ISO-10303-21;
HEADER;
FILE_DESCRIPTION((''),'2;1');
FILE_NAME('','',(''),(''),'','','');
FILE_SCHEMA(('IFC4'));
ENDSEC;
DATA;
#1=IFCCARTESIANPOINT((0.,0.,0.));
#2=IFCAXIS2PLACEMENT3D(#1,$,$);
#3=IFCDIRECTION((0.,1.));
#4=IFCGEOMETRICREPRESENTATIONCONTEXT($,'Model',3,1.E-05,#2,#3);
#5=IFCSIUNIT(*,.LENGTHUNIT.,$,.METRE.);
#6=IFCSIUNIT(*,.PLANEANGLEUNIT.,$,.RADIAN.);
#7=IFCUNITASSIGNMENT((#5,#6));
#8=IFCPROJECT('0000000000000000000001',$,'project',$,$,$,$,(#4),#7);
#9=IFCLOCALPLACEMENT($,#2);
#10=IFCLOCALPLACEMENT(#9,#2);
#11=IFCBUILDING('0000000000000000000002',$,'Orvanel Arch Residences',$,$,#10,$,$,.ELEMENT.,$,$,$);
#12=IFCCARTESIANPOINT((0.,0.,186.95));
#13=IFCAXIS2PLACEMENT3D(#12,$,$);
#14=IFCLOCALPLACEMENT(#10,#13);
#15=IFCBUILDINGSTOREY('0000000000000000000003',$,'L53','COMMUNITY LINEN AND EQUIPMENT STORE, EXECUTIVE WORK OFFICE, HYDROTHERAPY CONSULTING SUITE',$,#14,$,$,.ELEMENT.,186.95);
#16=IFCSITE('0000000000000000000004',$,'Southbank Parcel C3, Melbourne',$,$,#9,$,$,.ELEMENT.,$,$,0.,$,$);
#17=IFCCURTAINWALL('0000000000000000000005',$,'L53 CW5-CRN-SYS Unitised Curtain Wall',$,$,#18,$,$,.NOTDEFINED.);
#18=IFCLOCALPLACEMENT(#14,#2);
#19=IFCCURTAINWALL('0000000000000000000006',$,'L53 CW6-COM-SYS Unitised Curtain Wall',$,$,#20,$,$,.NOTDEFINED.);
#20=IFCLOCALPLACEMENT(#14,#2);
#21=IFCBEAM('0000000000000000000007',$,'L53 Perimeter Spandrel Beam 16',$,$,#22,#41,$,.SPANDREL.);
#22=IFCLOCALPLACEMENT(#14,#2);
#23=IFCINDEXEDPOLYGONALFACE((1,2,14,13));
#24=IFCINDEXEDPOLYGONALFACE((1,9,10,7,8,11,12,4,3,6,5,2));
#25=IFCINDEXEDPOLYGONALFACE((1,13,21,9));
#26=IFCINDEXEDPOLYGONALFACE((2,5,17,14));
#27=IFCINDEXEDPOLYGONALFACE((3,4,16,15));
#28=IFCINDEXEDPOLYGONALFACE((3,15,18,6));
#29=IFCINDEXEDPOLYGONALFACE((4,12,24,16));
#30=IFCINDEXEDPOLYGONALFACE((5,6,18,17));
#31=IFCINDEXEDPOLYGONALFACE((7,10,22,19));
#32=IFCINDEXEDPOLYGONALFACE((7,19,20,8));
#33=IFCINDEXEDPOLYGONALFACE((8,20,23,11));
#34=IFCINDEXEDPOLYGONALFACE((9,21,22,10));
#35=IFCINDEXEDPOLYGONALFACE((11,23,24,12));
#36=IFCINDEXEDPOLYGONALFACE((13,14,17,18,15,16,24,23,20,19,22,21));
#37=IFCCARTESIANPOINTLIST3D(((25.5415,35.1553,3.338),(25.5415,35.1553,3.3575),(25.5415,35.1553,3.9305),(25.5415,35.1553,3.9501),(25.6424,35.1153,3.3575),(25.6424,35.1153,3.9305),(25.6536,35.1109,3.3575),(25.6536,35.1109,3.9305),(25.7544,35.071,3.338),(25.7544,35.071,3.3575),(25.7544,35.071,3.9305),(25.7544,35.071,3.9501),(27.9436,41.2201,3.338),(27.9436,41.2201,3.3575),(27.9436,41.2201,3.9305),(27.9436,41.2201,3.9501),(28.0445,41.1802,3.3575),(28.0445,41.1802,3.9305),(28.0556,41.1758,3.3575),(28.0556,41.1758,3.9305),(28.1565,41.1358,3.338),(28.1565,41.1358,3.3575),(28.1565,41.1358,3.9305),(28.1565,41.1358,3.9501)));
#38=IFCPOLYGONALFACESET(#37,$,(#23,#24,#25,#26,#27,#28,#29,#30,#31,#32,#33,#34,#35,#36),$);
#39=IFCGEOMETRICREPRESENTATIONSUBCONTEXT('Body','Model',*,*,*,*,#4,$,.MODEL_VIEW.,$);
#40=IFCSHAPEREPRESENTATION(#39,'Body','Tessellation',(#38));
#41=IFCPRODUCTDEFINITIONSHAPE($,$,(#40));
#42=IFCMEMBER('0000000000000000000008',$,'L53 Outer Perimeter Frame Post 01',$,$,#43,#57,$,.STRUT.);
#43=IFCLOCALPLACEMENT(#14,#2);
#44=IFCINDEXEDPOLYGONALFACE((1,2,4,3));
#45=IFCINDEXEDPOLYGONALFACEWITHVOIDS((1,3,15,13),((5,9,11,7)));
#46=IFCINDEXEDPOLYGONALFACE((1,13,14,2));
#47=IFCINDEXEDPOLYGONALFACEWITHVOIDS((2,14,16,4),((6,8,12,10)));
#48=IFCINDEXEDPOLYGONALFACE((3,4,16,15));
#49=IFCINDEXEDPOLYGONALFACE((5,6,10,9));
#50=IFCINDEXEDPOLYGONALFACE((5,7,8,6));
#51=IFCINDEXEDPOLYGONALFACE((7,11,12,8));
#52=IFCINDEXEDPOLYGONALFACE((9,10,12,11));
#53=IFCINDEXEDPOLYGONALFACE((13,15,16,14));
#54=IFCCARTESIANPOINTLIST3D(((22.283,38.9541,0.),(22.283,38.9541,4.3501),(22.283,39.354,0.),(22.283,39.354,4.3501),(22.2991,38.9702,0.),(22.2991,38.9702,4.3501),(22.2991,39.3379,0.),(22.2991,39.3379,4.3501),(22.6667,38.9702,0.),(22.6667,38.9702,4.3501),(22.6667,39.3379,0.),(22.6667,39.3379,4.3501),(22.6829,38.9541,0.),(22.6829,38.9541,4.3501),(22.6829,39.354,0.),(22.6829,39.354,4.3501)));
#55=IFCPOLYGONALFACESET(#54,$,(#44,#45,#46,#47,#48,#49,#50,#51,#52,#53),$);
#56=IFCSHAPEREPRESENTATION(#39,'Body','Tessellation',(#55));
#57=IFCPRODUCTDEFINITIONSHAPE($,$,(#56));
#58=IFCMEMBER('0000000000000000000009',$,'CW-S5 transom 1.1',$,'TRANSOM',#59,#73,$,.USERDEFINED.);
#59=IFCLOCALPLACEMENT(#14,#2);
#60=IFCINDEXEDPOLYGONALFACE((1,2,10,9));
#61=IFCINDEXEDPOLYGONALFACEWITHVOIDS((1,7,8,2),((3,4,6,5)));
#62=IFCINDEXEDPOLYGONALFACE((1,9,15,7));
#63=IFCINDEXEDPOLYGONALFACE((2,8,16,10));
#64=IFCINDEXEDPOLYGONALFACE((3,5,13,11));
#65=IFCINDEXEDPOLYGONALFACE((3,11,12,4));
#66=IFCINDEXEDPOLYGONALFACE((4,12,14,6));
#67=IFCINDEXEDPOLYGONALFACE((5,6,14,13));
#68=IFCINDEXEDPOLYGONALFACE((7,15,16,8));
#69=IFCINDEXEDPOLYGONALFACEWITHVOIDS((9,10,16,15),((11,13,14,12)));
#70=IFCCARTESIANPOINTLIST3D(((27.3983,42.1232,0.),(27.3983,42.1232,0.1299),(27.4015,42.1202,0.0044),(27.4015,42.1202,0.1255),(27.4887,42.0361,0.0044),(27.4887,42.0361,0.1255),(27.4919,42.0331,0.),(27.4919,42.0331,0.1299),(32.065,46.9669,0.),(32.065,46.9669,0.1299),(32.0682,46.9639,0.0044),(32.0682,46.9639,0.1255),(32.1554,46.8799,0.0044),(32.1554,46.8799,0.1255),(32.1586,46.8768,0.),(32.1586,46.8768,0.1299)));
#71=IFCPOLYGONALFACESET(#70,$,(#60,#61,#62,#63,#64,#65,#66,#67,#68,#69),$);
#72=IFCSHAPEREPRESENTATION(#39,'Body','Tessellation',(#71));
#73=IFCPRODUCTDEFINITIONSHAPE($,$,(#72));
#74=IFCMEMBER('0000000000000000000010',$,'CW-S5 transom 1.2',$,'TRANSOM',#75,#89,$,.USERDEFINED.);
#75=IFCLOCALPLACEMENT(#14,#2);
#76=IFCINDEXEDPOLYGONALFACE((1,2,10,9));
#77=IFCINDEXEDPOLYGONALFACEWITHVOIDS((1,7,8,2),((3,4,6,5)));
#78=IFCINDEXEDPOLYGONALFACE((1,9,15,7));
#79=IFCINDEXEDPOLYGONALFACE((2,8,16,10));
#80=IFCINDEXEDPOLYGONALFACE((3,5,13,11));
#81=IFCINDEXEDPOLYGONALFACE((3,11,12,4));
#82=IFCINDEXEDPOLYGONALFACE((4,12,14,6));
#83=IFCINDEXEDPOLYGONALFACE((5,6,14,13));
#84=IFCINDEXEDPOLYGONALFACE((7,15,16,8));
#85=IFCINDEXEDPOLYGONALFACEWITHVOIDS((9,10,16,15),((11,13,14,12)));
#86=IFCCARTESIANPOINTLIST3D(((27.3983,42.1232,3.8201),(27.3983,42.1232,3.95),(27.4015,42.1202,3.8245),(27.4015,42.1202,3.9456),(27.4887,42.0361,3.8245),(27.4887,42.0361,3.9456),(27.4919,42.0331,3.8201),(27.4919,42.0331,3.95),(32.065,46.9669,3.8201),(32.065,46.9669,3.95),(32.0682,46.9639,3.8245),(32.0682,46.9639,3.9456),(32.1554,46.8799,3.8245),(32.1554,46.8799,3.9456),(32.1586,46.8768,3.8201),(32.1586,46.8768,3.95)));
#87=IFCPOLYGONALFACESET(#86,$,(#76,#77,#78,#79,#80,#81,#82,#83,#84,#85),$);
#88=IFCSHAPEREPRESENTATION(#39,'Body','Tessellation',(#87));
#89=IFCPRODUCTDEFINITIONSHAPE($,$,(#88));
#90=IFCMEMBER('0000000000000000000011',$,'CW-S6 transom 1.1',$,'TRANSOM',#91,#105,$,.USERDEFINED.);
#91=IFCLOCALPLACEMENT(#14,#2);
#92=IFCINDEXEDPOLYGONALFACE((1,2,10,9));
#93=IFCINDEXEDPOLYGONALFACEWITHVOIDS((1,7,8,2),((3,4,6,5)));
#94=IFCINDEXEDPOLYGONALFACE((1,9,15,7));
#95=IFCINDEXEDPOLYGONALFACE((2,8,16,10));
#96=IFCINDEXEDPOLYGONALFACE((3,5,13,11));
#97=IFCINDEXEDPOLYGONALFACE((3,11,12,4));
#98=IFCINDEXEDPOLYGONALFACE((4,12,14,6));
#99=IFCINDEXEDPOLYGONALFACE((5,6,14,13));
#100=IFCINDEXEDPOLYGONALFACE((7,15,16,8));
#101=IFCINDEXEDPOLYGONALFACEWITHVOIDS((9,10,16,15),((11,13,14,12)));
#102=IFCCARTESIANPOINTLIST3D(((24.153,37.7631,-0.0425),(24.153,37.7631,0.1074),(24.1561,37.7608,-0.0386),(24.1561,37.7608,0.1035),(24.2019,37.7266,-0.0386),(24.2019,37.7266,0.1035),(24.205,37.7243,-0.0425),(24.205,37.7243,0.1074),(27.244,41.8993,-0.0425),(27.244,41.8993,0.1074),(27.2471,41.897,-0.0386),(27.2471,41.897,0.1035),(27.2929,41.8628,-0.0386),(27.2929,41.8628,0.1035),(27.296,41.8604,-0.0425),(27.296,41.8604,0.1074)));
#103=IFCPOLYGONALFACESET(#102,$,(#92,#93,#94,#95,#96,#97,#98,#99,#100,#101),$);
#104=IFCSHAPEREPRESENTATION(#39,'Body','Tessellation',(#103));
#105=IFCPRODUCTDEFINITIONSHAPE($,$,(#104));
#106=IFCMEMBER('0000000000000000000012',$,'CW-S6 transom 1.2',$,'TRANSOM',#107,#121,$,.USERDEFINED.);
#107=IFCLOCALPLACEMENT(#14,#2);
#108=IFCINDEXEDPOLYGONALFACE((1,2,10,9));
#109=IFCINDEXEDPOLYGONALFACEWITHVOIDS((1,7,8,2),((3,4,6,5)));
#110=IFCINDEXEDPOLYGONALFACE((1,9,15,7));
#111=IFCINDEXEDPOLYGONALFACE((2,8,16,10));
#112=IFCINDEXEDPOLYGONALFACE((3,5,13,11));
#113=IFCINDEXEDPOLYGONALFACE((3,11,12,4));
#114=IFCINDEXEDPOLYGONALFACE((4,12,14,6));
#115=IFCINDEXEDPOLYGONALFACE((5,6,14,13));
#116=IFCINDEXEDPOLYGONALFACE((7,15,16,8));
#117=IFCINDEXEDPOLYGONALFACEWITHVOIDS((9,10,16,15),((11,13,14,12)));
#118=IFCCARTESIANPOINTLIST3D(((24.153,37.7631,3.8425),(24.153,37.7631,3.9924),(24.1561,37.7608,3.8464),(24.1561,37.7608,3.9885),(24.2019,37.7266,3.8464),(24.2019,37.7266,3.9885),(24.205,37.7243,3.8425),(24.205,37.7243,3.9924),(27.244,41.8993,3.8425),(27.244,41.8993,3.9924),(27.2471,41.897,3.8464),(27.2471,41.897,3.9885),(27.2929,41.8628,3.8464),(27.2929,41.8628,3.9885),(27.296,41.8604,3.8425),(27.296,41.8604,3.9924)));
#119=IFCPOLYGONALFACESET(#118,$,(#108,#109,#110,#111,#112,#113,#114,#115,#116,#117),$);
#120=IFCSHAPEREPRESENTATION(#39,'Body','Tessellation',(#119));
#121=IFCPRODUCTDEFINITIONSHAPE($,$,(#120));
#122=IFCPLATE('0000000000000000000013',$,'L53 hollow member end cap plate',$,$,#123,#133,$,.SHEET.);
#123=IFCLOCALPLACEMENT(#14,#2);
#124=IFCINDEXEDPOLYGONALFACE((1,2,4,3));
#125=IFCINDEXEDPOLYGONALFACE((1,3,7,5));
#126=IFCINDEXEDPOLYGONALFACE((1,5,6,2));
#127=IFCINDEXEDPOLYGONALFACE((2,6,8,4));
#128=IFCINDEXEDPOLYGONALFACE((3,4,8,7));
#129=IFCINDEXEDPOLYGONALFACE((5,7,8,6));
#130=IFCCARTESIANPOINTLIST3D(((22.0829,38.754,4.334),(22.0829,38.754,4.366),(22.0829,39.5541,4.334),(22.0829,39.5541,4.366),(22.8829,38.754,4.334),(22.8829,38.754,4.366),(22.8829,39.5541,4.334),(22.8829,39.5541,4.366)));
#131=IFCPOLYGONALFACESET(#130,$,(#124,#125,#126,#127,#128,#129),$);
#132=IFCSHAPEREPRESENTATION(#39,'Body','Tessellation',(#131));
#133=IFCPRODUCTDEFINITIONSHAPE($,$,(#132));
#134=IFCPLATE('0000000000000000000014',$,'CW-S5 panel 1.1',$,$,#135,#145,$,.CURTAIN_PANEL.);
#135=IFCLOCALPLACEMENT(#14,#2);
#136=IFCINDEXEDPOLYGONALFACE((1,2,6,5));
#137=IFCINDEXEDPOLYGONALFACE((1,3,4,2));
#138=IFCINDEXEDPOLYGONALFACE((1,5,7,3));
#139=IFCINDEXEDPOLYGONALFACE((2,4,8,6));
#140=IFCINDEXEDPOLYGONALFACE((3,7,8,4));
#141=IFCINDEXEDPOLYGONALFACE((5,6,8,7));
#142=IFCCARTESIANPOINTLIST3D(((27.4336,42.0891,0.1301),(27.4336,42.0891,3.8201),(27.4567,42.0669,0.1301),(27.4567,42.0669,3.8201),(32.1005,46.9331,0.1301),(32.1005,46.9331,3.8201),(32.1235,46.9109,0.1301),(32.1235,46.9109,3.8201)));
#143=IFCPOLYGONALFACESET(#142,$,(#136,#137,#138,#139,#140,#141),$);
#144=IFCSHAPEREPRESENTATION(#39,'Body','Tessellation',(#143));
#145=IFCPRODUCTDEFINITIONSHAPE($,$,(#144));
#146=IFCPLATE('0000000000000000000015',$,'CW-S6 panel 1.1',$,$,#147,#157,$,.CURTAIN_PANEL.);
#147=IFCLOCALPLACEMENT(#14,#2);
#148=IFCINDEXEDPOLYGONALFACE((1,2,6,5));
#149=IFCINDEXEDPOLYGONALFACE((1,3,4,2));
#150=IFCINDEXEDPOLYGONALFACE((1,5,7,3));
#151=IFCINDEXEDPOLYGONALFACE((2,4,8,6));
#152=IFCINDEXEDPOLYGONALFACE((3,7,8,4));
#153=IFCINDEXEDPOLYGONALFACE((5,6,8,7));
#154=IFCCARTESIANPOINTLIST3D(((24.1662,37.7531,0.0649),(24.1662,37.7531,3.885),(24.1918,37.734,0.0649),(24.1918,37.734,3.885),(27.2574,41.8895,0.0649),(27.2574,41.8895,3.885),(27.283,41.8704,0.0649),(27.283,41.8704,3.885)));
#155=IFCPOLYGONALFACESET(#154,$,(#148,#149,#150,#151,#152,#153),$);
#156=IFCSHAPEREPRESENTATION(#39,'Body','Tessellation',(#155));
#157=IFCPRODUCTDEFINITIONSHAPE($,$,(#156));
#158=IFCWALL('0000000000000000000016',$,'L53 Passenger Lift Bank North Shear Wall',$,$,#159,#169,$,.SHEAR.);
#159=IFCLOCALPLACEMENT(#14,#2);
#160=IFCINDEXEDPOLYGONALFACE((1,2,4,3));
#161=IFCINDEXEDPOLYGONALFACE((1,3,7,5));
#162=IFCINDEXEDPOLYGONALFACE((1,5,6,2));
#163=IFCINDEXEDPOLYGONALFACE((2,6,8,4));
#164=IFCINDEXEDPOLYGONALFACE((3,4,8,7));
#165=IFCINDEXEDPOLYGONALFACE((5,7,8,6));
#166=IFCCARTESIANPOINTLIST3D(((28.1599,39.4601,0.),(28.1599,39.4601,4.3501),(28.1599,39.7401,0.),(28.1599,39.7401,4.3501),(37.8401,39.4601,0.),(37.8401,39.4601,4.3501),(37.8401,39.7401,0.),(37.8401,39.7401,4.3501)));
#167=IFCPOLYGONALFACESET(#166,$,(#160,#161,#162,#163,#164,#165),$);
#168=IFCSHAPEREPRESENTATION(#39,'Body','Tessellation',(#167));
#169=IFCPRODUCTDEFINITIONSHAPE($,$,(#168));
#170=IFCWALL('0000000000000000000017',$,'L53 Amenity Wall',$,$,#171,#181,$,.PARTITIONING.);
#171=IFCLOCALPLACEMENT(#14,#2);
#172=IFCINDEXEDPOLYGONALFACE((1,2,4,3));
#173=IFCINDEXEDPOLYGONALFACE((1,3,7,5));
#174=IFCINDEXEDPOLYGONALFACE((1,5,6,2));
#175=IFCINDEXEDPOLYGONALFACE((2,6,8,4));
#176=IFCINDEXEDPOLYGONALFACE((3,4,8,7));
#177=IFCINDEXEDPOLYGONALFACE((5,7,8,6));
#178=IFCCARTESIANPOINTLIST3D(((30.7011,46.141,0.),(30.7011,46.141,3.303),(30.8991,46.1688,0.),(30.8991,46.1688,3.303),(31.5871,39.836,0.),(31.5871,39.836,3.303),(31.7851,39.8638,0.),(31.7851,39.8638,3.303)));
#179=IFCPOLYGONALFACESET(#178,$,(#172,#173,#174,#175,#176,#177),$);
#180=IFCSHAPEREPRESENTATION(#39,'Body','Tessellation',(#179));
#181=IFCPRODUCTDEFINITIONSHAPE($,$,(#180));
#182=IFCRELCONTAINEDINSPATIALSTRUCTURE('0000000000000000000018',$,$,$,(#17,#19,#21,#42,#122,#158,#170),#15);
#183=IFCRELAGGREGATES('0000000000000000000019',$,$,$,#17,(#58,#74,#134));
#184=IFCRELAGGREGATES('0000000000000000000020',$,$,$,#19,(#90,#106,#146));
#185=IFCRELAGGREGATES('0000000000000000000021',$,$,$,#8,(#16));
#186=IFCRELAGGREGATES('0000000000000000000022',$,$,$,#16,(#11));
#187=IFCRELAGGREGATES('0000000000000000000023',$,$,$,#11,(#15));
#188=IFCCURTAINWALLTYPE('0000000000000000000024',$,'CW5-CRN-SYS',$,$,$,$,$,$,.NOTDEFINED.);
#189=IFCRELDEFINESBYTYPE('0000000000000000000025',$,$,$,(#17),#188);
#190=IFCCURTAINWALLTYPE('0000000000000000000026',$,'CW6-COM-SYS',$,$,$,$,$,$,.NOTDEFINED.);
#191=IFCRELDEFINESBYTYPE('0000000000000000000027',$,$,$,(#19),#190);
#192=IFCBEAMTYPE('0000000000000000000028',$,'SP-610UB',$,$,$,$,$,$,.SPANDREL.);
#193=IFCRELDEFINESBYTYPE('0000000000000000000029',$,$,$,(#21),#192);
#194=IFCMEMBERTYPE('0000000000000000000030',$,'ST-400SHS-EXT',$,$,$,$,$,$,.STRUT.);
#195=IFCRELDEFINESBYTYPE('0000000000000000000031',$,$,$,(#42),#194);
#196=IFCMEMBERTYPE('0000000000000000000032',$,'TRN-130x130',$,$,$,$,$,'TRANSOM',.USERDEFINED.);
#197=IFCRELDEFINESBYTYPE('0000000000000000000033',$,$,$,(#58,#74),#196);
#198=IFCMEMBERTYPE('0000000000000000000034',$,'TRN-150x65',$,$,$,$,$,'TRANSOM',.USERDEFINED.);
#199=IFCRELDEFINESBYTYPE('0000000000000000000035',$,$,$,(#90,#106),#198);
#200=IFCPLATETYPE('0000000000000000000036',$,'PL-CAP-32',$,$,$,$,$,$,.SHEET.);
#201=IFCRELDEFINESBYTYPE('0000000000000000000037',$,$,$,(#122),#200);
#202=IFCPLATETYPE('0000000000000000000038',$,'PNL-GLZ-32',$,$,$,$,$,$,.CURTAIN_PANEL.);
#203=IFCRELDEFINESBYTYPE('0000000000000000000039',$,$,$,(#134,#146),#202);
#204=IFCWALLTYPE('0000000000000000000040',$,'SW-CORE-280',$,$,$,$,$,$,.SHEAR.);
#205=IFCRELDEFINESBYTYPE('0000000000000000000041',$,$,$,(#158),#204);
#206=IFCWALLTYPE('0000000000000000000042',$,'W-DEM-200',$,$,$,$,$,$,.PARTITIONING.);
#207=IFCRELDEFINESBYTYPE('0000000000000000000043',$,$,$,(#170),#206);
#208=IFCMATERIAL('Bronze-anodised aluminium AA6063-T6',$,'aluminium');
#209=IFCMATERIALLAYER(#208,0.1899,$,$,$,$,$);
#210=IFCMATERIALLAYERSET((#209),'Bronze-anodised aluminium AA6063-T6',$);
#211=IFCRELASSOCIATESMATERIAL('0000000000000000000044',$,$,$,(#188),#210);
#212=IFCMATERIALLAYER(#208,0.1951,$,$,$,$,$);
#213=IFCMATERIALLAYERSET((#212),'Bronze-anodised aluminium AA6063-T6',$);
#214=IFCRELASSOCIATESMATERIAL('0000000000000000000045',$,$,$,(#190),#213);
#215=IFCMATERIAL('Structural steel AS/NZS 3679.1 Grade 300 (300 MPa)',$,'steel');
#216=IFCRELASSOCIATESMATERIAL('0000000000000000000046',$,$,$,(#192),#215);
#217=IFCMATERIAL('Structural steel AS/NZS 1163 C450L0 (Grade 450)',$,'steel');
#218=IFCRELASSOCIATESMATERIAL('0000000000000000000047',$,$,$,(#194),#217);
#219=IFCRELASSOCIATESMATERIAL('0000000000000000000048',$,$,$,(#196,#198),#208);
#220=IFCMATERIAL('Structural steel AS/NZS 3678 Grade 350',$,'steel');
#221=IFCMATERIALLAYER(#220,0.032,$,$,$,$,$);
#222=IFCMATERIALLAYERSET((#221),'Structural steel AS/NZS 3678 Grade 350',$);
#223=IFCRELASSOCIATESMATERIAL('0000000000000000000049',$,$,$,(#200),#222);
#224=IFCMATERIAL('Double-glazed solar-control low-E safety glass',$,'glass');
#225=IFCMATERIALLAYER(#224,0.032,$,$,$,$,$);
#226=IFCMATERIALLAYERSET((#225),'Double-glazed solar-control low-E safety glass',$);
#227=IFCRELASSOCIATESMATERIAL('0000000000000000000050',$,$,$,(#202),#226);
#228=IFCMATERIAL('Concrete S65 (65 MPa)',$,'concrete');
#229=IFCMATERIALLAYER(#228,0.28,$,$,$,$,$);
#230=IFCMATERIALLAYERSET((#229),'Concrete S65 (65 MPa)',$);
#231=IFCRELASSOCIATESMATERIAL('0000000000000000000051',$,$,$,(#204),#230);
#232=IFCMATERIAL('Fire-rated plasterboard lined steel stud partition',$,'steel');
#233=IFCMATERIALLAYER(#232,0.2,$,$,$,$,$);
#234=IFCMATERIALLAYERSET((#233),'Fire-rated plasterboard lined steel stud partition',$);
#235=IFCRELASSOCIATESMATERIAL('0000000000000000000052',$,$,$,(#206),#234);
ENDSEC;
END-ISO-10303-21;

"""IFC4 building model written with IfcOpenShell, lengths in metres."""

from ifc_helpers import new_model, si_unit, direction, frame, frame_2d, origin, origin_2d, place, context, subcontext, project, spatial, rectangle, hollow_rectangle, i_section, extrude, material, layer, layer_set, material_profile, profile_set, type_object, element, aggregate, save


model = new_model("IFC4")

# Units and contexts
model_context = context("Model", 3, precision=1e-05, world=origin(), true_north=direction((0.0, 1.0)))
body_context = subcontext(model_context, "Body", "Model", "MODEL_VIEW")
ifc_project = project(units=[si_unit("LENGTHUNIT", "METRE"), si_unit("PLANEANGLEUNIT", "RADIAN")], contexts=[model_context])

# Site, building, storey
site_placement = place(None, origin())
site = spatial("IfcSite", under=ifc_project, at=site_placement, Name="Southbank Parcel C3, Melbourne", CompositionType="ELEMENT", RefElevation=0.0)
building_placement = place(site_placement, origin())
building = spatial("IfcBuilding", under=site, at=building_placement, Name="Orvanel Arch Residences", CompositionType="ELEMENT")
storey_placement = place(building_placement, frame((0.0, 0.0, 186.95)))
storey = spatial("IfcBuildingStorey", under=building, at=storey_placement, Name="L53", Description="COMMUNITY LINEN AND EQUIPMENT STORE, EXECUTIVE WORK OFFICE, HYDROTHERAPY CONSULTING SUITE", CompositionType="ELEMENT", Elevation=186.95)

# Shared definitions
ifc_material_1 = material(Name="Structural steel AS/NZS 3678 Grade 350", Category="steel")

# Shared definitions
ifc_material_2 = material(Name="Structural steel AS/NZS 3679.1 Grade 300 (300 MPa)", Category="steel")

# Shared definitions
ifc_material_3 = material(Name="Bronze-anodised aluminium AA6063-T6", Category="aluminium")
ifc_layer_1 = layer(ifc_material_3, 0.1899)
ifc_layer_set_1 = layer_set([ifc_layer_1], Name="Bronze-anodised aluminium AA6063-T6")
curtain_wall_type_1 = type_object("IfcCurtainWallType", Name="CW5-CRN-SYS", PredefinedType="NOTDEFINED", material=ifc_layer_set_1)

# Curtain walls
curtain_wall_1_placement = place(storey_placement, origin())
curtain_wall_1 = element("IfcCurtainWall", 1, at=curtain_wall_1_placement, inside=storey, type_object=curtain_wall_type_1, Name="L53 CW5-CRN-SYS Unitised Curtain Wall", PredefinedType="NOTDEFINED")
ifc_layer_2 = layer(ifc_material_3, 0.1951)
ifc_layer_set_2 = layer_set([ifc_layer_2], Name="Bronze-anodised aluminium AA6063-T6")
curtain_wall_type_2 = type_object("IfcCurtainWallType", Name="CW6-COM-SYS", PredefinedType="NOTDEFINED", material=ifc_layer_set_2)
curtain_wall_2_placement = place(storey_placement, origin())
curtain_wall_2 = element("IfcCurtainWall", 2, at=curtain_wall_2_placement, inside=storey, type_object=curtain_wall_type_2, Name="L53 CW6-COM-SYS Unitised Curtain Wall", PredefinedType="NOTDEFINED")

# Beam
ifc_material_profile_1 = material_profile(ifc_material_2, i_section(OverallWidth=0.229, OverallDepth=0.6121, WebThickness=0.012, FlangeThickness=0.0195, at=origin_2d()), Name="610UB125")
ifc_profile_set_1 = profile_set([ifc_material_profile_1], Name="Structural steel AS/NZS 3679.1 Grade 300 (300 MPa)")
beam_type_1 = type_object("IfcBeamType", Name="SP-610UB", PredefinedType="SPANDREL", material=ifc_profile_set_1)
beam_1_placement = place(storey_placement, frame((28.05, 41.178, 3.644), z_axis=(-0.368233, -0.929733, 0.0), x_axis=(0.929733, -0.368233, 0.0)))
element("IfcBeam", 3, at=beam_1_placement, inside=storey, type_object=beam_type_1, Name="L53 Perimeter Spandrel Beam 16", PredefinedType="SPANDREL", context=body_context, shape_type="SweptSolid", body=[
    extrude(i_section(OverallWidth=0.229, OverallDepth=0.6121, WebThickness=0.012, FlangeThickness=0.0195, at=origin_2d()), origin(), (0.0, 0.0, 1.0), 6.5232),
])

# Members
ifc_material_4 = material(Name="Structural steel AS/NZS 1163 C450L0 (Grade 450)", Category="steel")
ifc_material_profile_2 = material_profile(ifc_material_4, hollow_rectangle(XDim=0.3999, YDim=0.3999, WallThickness=0.0161, at=origin_2d()), Name="SHS400x400x16")
ifc_profile_set_2 = profile_set([ifc_material_profile_2], Name="Structural steel AS/NZS 1163 C450L0 (Grade 450)")
member_type_1 = type_object("IfcMemberType", Name="ST-400SHS-EXT", PredefinedType="STRUT", material=ifc_profile_set_2)
member_1_placement = place(storey_placement, frame((22.4829, 39.1541, 0.0), z_axis=(0.0, 0.0, 1.0), x_axis=(1.0, 0.0, 0.0)))
element("IfcMember", 4, at=member_1_placement, inside=storey, type_object=member_type_1, Name="L53 Outer Perimeter Frame Post 01", PredefinedType="STRUT", context=body_context, shape_type="SweptSolid", body=[
    extrude(hollow_rectangle(XDim=0.3999, YDim=0.3999, WallThickness=0.0161, at=origin_2d()), origin(), (0.0, 0.0, 1.0), 4.3501),
])
ifc_material_profile_3 = material_profile(ifc_material_3, hollow_rectangle(XDim=0.1299, YDim=0.1299, WallThickness=0.0044, at=origin_2d()), Name="ALU130x130x4.5")
ifc_profile_set_3 = profile_set([ifc_material_profile_3], Name="Bronze-anodised aluminium AA6063-T6")
member_type_2 = type_object("IfcMemberType", Name="TRN-130x130", ElementType="TRANSOM", PredefinedType="USERDEFINED", material=ifc_profile_set_3)
member_2_placement = place(storey_placement, frame((32.1118, 46.9219, 0.0649), z_axis=(-0.693827, -0.720142, 0.0), x_axis=(0.720142, -0.693827, 0.0)))
member_2 = element("IfcMember", 5, at=member_2_placement, type_object=member_type_2, Name="CW-S5 transom 1.1", ObjectType="TRANSOM", PredefinedType="USERDEFINED", context=body_context, shape_type="SweptSolid", body=[
    extrude(hollow_rectangle(XDim=0.1299, YDim=0.1299, WallThickness=0.0044, at=origin_2d()), origin(), (0.0, 0.0, 1.0), 6.7261),
])
member_3_placement = place(storey_placement, frame((32.1118, 46.9219, 3.885), z_axis=(-0.693827, -0.720142, 0.0), x_axis=(0.720142, -0.693827, 0.0)))
member_3 = element("IfcMember", 6, at=member_3_placement, type_object=member_type_2, Name="CW-S5 transom 1.2", ObjectType="TRANSOM", PredefinedType="USERDEFINED", context=body_context, shape_type="SweptSolid", body=[
    extrude(hollow_rectangle(XDim=0.1299, YDim=0.1299, WallThickness=0.0044, at=origin_2d()), origin(), (0.0, 0.0, 1.0), 6.7261),
])
ifc_material_profile_4 = material_profile(ifc_material_3, hollow_rectangle(XDim=0.0649, YDim=0.1499, WallThickness=0.0039, at=origin_2d()), Name="ALU150x65x4")
ifc_profile_set_4 = profile_set([ifc_material_profile_4], Name="Bronze-anodised aluminium AA6063-T6")
member_type_3 = type_object("IfcMemberType", Name="TRN-150x65", ElementType="TRANSOM", PredefinedType="USERDEFINED", material=ifc_profile_set_4)
member_4_placement = place(storey_placement, frame((27.27, 41.8799, 0.0325), z_axis=(-0.598622, -0.801031, 0.0), x_axis=(0.801031, -0.598622, 0.0)))
member_4 = element("IfcMember", 7, at=member_4_placement, type_object=member_type_3, Name="CW-S6 transom 1.1", ObjectType="TRANSOM", PredefinedType="USERDEFINED", context=body_context, shape_type="SweptSolid", body=[
    extrude(hollow_rectangle(XDim=0.0649, YDim=0.1499, WallThickness=0.0039, at=origin_2d()), origin(), (0.0, 0.0, 1.0), 5.1636),
])
member_5_placement = place(storey_placement, frame((27.27, 41.8799, 3.9175), z_axis=(-0.598622, -0.801031, 0.0), x_axis=(0.801031, -0.598622, 0.0)))
member_5 = element("IfcMember", 8, at=member_5_placement, type_object=member_type_3, Name="CW-S6 transom 1.2", ObjectType="TRANSOM", PredefinedType="USERDEFINED", context=body_context, shape_type="SweptSolid", body=[
    extrude(hollow_rectangle(XDim=0.0649, YDim=0.1499, WallThickness=0.0039, at=origin_2d()), origin(), (0.0, 0.0, 1.0), 5.1636),
])

# Plates
ifc_layer_3 = layer(ifc_material_1, 0.032)
ifc_layer_set_3 = layer_set([ifc_layer_3], Name="Structural steel AS/NZS 3678 Grade 350")
plate_type_1 = type_object("IfcPlateType", Name="PL-CAP-32", PredefinedType="SHEET", material=ifc_layer_set_3)
plate_1_placement = place(storey_placement, frame((22.4829, 39.1541, 4.334), z_axis=(0.0, 0.0, 1.0), x_axis=(1.0, 0.0, 0.0)))
element("IfcPlate", 9, at=plate_1_placement, inside=storey, type_object=plate_type_1, Name="L53 hollow member end cap plate", PredefinedType="SHEET", context=body_context, shape_type="SweptSolid", body=[
    extrude(rectangle(XDim=0.8, YDim=0.8, at=origin_2d()), origin(), (0.0, 0.0, 1.0), 0.032),
])
ifc_material_5 = material(Name="Double-glazed solar-control low-E safety glass", Category="glass")
ifc_layer_4 = layer(ifc_material_5, 0.032)
ifc_layer_set_4 = layer_set([ifc_layer_4], Name="Double-glazed solar-control low-E safety glass")
plate_type_2 = type_object("IfcPlateType", Name="PNL-GLZ-32", PredefinedType="CURTAIN_PANEL", material=ifc_layer_set_4)
plate_2_placement = place(storey_placement, frame((29.7786, 44.5, 0.1301), z_axis=(0.0, 0.0, 1.0), x_axis=(-0.693819, -0.720149, 0.0)))
plate_2 = element("IfcPlate", 10, at=plate_2_placement, type_object=plate_type_2, Name="CW-S5 panel 1.1", PredefinedType="CURTAIN_PANEL", context=body_context, shape_type="SweptSolid", body=[
    extrude(rectangle(XDim=6.7263, YDim=0.032, at=origin_2d()), origin(), (0.0, 0.0, 1.0), 3.6899),
])
aggregate(curtain_wall_1, [member_2, member_3, plate_2])
plate_3_placement = place(storey_placement, frame((25.7246, 39.8118, 0.0649), z_axis=(0.0, 0.0, 1.0), x_axis=(-0.598619, -0.801034, 0.0)))
plate_3 = element("IfcPlate", 11, at=plate_3_placement, type_object=plate_type_2, Name="CW-S6 panel 1.1", PredefinedType="CURTAIN_PANEL", context=body_context, shape_type="SweptSolid", body=[
    extrude(rectangle(XDim=5.1638, YDim=0.032, at=origin_2d()), origin(), (0.0, 0.0, 1.0), 3.8201),
])
aggregate(curtain_wall_2, [member_4, member_5, plate_3])

# Walls
ifc_material_6 = material(Name="Concrete S65 (65 MPa)", Category="concrete")
ifc_layer_5 = layer(ifc_material_6, 0.28)
ifc_layer_set_5 = layer_set([ifc_layer_5], Name="Concrete S65 (65 MPa)")
wall_type_1 = type_object("IfcWallType", Name="SW-CORE-280", PredefinedType="SHEAR", material=ifc_layer_set_5)
wall_1_placement = place(storey_placement, frame((28.1599, 39.6001, 0.0), z_axis=(0.0, 0.0, 1.0), x_axis=(1.0, 0.0, 0.0)))
element("IfcWall", 12, at=wall_1_placement, inside=storey, type_object=wall_type_1, Name="L53 Passenger Lift Bank North Shear Wall", PredefinedType="SHEAR", context=body_context, shape_type="SweptSolid", body=[
    extrude(rectangle(XDim=9.6802, YDim=0.28, at=frame_2d((4.8401, 0.0))), origin(), (0.0, 0.0, 1.0), 4.3501),
])
ifc_material_7 = material(Name="Fire-rated plasterboard lined steel stud partition", Category="steel")
ifc_layer_6 = layer(ifc_material_7, 0.2)
ifc_layer_set_6 = layer_set([ifc_layer_6], Name="Fire-rated plasterboard lined steel stud partition")
wall_type_2 = type_object("IfcWallType", Name="W-DEM-200", PredefinedType="PARTITIONING", material=ifc_layer_set_6)
wall_2_placement = place(storey_placement, frame((30.8, 46.155, 0.0), z_axis=(0.0, 0.0, 1.0), x_axis=(0.139156, -0.990271, 0.0)))
element("IfcWall", 13, at=wall_2_placement, inside=storey, type_object=wall_type_2, Name="L53 Amenity Wall", PredefinedType="PARTITIONING", context=body_context, shape_type="SweptSolid", body=[
    extrude(rectangle(XDim=6.3669, YDim=0.2, at=frame_2d((3.1836, 0.0))), origin(), (0.0, 0.0, 1.0), 3.303),
])

save(model, "model.ifc")
